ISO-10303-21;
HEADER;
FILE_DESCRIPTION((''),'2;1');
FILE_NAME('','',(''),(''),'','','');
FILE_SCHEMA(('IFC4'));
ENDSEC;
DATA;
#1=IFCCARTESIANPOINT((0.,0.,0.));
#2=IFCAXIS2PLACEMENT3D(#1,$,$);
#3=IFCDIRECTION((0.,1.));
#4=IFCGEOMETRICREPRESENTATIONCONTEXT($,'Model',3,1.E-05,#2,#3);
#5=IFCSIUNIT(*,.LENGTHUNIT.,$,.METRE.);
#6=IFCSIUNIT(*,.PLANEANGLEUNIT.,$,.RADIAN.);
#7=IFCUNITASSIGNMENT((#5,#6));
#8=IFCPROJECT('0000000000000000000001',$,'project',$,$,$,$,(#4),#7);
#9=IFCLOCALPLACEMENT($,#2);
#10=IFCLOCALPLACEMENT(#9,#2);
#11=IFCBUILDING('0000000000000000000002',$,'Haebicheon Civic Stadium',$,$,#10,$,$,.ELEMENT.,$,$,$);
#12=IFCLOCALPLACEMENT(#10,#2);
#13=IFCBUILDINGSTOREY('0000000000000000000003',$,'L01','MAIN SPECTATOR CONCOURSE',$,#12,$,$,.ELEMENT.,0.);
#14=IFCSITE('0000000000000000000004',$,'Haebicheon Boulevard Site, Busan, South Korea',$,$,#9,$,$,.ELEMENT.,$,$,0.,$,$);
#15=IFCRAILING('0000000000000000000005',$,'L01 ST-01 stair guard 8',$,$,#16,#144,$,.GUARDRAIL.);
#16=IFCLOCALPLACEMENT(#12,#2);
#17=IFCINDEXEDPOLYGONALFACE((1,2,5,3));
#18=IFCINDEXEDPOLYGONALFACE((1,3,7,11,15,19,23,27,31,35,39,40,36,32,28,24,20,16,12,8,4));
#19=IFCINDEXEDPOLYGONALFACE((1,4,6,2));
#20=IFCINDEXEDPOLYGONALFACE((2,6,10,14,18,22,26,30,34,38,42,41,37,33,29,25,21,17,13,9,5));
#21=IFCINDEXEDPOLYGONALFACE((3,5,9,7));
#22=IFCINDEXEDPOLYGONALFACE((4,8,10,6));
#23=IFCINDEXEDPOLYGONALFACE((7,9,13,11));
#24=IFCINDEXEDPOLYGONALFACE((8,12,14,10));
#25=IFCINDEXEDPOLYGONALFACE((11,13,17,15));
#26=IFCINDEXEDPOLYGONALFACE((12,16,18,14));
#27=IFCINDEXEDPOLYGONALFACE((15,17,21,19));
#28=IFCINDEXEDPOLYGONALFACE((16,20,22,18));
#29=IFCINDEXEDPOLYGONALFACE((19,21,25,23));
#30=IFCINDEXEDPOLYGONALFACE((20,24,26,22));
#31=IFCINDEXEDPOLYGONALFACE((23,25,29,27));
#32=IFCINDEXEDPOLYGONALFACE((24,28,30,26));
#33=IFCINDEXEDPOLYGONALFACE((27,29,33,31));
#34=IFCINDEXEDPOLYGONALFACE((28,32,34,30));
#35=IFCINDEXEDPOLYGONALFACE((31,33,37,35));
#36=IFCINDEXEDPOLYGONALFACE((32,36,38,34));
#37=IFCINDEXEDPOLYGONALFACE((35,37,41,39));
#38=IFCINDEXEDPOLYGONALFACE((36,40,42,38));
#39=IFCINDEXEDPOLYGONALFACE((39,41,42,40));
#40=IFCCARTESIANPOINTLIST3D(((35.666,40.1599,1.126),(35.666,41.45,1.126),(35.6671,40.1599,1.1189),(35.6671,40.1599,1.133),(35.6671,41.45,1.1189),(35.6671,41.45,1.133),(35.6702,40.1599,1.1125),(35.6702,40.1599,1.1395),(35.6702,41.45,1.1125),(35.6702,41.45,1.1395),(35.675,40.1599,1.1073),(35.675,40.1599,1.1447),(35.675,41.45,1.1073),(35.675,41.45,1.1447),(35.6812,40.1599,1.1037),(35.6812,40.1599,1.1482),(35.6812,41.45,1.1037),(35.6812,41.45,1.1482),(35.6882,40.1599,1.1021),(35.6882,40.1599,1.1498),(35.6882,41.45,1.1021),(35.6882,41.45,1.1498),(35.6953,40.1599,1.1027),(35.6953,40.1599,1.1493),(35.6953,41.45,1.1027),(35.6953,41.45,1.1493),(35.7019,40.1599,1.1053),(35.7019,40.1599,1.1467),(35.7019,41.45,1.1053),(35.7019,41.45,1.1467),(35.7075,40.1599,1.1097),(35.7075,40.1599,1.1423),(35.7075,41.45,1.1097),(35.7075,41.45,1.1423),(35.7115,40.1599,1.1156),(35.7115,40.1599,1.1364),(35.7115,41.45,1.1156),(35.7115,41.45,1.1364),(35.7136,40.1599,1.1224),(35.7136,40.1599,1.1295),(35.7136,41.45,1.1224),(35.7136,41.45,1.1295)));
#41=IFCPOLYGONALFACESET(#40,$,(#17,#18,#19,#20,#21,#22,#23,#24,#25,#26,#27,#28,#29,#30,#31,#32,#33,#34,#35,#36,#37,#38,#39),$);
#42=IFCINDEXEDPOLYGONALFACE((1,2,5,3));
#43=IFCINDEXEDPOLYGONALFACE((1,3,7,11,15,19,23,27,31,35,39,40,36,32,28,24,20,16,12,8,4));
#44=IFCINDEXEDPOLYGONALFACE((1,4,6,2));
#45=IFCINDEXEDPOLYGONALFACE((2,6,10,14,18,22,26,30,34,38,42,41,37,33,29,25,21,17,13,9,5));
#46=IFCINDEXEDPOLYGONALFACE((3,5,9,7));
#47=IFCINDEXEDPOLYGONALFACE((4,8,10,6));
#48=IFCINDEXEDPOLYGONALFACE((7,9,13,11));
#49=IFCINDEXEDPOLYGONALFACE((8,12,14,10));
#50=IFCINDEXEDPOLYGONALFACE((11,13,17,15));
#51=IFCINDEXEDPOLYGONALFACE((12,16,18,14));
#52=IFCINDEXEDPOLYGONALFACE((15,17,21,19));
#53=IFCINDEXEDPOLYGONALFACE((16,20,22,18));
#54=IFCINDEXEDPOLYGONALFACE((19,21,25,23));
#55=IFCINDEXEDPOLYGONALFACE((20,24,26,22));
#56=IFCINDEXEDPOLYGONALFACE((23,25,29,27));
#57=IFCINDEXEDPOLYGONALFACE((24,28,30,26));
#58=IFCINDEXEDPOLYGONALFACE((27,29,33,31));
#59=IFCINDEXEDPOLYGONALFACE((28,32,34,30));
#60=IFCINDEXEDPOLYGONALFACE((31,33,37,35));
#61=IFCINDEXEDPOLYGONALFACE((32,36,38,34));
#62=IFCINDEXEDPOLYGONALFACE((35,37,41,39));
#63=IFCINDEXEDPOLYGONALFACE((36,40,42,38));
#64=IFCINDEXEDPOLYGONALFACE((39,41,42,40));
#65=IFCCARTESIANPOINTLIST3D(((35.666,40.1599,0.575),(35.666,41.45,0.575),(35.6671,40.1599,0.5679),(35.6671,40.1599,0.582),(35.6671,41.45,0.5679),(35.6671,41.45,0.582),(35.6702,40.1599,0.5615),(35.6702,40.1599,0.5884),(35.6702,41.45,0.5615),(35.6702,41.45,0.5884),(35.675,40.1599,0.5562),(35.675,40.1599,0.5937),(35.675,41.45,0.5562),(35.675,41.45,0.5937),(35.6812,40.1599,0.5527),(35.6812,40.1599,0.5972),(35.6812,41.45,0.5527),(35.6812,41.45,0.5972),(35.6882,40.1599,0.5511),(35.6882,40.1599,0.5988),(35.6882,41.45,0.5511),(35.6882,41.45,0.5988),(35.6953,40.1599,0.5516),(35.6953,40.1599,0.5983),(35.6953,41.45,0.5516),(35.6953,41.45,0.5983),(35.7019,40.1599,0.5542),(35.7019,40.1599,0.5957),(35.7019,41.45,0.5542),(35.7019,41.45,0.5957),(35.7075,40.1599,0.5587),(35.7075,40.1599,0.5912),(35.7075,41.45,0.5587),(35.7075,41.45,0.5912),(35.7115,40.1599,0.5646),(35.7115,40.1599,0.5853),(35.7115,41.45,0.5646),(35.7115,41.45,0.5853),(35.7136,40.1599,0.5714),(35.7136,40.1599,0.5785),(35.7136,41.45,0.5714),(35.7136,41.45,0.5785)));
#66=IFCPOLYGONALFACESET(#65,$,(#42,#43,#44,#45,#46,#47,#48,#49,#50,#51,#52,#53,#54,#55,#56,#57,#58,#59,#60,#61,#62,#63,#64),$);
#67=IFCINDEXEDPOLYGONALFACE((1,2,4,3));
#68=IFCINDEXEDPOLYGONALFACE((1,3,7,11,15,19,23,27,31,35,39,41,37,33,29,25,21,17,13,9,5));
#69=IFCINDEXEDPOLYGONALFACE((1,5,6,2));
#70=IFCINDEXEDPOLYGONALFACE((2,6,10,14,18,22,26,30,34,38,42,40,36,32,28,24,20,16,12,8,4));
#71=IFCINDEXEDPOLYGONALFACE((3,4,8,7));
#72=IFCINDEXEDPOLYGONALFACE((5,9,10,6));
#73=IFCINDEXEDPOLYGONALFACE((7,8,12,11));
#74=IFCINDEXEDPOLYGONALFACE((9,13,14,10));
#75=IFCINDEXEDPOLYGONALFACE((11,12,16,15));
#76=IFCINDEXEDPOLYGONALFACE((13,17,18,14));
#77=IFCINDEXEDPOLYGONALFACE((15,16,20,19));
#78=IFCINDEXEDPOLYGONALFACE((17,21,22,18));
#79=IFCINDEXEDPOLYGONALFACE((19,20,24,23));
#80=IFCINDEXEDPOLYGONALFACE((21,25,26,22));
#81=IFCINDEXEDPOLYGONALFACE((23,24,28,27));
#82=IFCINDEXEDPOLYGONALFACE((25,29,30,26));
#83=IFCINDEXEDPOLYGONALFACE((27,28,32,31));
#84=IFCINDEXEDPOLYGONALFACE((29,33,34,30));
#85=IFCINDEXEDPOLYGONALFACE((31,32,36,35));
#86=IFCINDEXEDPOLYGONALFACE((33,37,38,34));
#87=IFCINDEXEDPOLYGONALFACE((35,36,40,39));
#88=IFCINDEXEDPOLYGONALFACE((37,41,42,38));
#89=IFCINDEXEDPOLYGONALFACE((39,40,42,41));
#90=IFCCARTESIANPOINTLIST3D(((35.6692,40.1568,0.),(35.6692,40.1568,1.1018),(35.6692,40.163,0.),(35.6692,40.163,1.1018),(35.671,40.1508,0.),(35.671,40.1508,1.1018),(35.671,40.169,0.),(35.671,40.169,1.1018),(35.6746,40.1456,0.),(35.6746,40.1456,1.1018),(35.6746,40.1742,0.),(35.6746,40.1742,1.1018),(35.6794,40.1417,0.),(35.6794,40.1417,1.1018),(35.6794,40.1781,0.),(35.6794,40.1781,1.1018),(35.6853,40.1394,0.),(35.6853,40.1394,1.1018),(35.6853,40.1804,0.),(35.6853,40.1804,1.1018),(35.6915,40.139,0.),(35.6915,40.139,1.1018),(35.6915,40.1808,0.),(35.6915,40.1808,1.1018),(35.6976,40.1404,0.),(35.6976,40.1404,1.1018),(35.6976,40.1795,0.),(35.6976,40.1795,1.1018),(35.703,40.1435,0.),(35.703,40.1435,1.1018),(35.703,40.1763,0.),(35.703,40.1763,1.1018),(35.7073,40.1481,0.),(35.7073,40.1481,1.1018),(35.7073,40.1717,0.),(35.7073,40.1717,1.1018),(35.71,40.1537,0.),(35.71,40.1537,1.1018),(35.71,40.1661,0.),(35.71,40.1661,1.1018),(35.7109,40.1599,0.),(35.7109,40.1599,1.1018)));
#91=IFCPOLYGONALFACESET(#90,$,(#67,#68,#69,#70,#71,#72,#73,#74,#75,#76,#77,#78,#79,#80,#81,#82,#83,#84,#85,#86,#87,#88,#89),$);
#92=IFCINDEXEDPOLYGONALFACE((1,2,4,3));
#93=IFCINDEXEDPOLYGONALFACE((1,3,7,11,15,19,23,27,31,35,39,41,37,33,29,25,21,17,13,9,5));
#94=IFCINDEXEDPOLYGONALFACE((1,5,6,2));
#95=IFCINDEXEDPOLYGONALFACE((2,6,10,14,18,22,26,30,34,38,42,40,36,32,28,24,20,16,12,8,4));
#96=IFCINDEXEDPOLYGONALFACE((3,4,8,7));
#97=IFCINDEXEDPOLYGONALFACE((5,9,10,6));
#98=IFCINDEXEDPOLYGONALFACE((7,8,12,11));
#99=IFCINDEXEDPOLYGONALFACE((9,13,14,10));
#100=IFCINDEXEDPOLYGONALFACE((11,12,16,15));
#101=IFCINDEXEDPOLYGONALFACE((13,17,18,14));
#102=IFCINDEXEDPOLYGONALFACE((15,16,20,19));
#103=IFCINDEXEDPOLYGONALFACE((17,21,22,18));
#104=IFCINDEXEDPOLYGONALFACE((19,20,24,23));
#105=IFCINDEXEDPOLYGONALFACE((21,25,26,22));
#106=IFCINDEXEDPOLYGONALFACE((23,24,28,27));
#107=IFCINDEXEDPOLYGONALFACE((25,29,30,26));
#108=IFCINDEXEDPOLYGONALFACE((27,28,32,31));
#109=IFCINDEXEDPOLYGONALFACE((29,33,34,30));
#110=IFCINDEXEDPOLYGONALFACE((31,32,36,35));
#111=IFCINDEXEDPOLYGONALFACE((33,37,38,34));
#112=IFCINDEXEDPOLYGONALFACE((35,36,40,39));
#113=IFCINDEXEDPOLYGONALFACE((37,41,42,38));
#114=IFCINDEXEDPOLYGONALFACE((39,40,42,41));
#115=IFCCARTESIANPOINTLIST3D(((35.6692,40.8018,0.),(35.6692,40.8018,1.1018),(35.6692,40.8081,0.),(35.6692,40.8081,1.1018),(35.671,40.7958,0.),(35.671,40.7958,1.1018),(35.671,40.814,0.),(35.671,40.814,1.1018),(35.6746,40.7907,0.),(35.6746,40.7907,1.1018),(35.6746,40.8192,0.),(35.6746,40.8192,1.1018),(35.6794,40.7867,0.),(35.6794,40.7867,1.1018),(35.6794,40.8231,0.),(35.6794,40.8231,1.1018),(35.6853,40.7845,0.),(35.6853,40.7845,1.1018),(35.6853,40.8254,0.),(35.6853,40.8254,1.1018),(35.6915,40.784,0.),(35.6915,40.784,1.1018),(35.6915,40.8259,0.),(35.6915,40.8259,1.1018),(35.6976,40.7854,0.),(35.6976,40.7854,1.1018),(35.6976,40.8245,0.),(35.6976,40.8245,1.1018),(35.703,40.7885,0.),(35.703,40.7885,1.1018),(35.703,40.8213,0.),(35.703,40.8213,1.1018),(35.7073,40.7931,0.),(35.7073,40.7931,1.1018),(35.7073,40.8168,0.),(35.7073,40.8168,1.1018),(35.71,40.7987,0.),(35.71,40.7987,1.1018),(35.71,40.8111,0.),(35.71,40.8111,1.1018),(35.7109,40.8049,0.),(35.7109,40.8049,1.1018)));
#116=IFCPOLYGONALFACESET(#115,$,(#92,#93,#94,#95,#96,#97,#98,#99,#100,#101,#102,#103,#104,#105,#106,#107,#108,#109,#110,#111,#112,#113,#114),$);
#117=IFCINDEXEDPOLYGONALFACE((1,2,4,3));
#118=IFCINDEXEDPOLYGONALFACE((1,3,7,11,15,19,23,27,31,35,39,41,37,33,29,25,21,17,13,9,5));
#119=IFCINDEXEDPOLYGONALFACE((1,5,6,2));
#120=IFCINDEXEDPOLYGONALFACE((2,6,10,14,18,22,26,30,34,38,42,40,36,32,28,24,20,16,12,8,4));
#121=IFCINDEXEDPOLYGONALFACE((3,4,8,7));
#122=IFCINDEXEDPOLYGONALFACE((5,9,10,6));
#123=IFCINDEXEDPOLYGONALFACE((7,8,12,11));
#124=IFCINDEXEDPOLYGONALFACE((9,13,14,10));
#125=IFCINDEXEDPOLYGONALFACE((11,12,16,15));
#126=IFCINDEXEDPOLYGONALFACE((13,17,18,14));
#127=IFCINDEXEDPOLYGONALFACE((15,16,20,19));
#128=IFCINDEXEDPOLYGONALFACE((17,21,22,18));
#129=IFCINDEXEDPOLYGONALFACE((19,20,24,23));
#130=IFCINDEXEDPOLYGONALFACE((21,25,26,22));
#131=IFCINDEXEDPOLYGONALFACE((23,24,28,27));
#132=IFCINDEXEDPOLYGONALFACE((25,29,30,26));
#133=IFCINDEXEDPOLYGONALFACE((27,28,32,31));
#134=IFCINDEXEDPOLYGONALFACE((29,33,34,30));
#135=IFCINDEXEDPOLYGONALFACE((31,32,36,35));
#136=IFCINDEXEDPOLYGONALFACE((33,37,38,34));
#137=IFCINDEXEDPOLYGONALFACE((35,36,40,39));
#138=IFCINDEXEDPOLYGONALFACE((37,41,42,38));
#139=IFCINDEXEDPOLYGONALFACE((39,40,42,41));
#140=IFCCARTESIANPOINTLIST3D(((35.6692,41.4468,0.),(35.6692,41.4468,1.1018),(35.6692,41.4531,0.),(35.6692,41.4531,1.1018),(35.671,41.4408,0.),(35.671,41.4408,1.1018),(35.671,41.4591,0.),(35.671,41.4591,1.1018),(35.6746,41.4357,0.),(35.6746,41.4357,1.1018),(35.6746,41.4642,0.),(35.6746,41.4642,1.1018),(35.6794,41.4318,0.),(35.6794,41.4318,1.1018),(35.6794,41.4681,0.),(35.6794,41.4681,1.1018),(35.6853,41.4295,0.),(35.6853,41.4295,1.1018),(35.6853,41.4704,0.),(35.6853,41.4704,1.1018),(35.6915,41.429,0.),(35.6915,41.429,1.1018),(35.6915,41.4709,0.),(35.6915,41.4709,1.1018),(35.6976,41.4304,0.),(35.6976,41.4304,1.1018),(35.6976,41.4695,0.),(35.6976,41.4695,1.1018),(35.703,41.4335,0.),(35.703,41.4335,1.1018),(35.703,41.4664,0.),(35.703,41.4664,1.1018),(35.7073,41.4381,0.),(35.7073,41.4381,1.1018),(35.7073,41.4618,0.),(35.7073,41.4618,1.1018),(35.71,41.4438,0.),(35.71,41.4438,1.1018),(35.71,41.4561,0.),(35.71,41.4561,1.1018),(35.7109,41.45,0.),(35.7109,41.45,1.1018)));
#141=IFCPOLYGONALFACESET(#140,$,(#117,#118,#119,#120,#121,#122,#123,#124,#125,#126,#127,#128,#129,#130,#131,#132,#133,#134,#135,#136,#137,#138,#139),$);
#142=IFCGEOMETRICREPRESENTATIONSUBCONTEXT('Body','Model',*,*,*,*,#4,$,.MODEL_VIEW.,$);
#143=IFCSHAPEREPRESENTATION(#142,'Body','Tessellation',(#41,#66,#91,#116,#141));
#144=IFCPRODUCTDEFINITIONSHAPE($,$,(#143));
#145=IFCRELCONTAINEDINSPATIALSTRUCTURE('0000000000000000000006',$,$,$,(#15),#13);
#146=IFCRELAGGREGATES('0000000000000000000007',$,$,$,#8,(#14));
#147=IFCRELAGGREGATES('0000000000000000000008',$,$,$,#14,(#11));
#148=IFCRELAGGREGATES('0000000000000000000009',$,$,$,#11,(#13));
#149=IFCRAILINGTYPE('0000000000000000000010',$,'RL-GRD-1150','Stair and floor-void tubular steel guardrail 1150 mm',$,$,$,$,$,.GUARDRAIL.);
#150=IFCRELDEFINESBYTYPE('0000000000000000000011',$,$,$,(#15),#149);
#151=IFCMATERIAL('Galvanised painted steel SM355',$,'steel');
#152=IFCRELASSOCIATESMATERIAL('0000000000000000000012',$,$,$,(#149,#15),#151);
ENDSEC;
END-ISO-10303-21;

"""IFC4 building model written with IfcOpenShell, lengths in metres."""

from ifc_helpers import new_model, si_unit, direction, frame, origin, origin_2d, place, context, subcontext, project, spatial, circle, extrude, material, type_object, element, save


model = new_model("IFC4")

# Units and contexts
model_context = context("Model", 3, precision=1e-05, world=origin(), true_north=direction((0.0, 1.0)))
body_context = subcontext(model_context, "Body", "Model", "MODEL_VIEW")
ifc_project = project(units=[si_unit("LENGTHUNIT", "METRE"), si_unit("PLANEANGLEUNIT", "RADIAN")], contexts=[model_context])

# Site, building, storey
site_placement = place(None, origin())
site = spatial("IfcSite", under=ifc_project, at=site_placement, Name="Haebicheon Boulevard Site, Busan, South Korea", CompositionType="ELEMENT", RefElevation=0.0)
building_placement = place(site_placement, origin())
building = spatial("IfcBuilding", under=site, at=building_placement, Name="Haebicheon Civic Stadium", CompositionType="ELEMENT")
storey_placement = place(building_placement, origin())
storey = spatial("IfcBuildingStorey", under=building, at=storey_placement, Name="L01", Description="MAIN SPECTATOR CONCOURSE", CompositionType="ELEMENT", Elevation=0.0)

# Railing
ifc_material_1 = material(Name="Galvanised painted steel SM355", Category="steel")
railing_type_1 = type_object("IfcRailingType", Name="RL-GRD-1150", Description="Stair and floor-void tubular steel guardrail 1150 mm", PredefinedType="GUARDRAIL", material=ifc_material_1)
railing_1_placement = place(storey_placement, frame((35.6899, 40.1599, 0.0)))
element("IfcRailing", 1, at=railing_1_placement, inside=storey, type_object=railing_type_1, material=ifc_material_1, Name="L01 ST-01 stair guard 8", PredefinedType="GUARDRAIL", context=body_context, shape_type="SweptSolid", body=[
    extrude(circle(Radius=0.0239, at=origin_2d()), frame((0.0, 0.0, 1.126), z_axis=(0.0, 1.0, 0.0), x_axis=(-1.0, 0.0, 0.0)), (0.0, 0.0, 1.0), 1.29),
    extrude(circle(Radius=0.0239, at=origin_2d()), frame((0.0, 0.0, 0.575), z_axis=(0.0, 1.0, 0.0), x_axis=(-1.0, 0.0, 0.0)), (0.0, 0.0, 1.0), 1.29),
    extrude(circle(Radius=0.021, at=origin_2d()), origin(), (0.0, 0.0, 1.0), 1.1018),
    extrude(circle(Radius=0.021, at=origin_2d()), frame((0.0, 0.645, 0.0)), (0.0, 0.0, 1.0), 1.1018),
    extrude(circle(Radius=0.021, at=origin_2d()), frame((0.0, 1.29, 0.0)), (0.0, 0.0, 1.0), 1.1018),
])

save(model, "model.ifc")
